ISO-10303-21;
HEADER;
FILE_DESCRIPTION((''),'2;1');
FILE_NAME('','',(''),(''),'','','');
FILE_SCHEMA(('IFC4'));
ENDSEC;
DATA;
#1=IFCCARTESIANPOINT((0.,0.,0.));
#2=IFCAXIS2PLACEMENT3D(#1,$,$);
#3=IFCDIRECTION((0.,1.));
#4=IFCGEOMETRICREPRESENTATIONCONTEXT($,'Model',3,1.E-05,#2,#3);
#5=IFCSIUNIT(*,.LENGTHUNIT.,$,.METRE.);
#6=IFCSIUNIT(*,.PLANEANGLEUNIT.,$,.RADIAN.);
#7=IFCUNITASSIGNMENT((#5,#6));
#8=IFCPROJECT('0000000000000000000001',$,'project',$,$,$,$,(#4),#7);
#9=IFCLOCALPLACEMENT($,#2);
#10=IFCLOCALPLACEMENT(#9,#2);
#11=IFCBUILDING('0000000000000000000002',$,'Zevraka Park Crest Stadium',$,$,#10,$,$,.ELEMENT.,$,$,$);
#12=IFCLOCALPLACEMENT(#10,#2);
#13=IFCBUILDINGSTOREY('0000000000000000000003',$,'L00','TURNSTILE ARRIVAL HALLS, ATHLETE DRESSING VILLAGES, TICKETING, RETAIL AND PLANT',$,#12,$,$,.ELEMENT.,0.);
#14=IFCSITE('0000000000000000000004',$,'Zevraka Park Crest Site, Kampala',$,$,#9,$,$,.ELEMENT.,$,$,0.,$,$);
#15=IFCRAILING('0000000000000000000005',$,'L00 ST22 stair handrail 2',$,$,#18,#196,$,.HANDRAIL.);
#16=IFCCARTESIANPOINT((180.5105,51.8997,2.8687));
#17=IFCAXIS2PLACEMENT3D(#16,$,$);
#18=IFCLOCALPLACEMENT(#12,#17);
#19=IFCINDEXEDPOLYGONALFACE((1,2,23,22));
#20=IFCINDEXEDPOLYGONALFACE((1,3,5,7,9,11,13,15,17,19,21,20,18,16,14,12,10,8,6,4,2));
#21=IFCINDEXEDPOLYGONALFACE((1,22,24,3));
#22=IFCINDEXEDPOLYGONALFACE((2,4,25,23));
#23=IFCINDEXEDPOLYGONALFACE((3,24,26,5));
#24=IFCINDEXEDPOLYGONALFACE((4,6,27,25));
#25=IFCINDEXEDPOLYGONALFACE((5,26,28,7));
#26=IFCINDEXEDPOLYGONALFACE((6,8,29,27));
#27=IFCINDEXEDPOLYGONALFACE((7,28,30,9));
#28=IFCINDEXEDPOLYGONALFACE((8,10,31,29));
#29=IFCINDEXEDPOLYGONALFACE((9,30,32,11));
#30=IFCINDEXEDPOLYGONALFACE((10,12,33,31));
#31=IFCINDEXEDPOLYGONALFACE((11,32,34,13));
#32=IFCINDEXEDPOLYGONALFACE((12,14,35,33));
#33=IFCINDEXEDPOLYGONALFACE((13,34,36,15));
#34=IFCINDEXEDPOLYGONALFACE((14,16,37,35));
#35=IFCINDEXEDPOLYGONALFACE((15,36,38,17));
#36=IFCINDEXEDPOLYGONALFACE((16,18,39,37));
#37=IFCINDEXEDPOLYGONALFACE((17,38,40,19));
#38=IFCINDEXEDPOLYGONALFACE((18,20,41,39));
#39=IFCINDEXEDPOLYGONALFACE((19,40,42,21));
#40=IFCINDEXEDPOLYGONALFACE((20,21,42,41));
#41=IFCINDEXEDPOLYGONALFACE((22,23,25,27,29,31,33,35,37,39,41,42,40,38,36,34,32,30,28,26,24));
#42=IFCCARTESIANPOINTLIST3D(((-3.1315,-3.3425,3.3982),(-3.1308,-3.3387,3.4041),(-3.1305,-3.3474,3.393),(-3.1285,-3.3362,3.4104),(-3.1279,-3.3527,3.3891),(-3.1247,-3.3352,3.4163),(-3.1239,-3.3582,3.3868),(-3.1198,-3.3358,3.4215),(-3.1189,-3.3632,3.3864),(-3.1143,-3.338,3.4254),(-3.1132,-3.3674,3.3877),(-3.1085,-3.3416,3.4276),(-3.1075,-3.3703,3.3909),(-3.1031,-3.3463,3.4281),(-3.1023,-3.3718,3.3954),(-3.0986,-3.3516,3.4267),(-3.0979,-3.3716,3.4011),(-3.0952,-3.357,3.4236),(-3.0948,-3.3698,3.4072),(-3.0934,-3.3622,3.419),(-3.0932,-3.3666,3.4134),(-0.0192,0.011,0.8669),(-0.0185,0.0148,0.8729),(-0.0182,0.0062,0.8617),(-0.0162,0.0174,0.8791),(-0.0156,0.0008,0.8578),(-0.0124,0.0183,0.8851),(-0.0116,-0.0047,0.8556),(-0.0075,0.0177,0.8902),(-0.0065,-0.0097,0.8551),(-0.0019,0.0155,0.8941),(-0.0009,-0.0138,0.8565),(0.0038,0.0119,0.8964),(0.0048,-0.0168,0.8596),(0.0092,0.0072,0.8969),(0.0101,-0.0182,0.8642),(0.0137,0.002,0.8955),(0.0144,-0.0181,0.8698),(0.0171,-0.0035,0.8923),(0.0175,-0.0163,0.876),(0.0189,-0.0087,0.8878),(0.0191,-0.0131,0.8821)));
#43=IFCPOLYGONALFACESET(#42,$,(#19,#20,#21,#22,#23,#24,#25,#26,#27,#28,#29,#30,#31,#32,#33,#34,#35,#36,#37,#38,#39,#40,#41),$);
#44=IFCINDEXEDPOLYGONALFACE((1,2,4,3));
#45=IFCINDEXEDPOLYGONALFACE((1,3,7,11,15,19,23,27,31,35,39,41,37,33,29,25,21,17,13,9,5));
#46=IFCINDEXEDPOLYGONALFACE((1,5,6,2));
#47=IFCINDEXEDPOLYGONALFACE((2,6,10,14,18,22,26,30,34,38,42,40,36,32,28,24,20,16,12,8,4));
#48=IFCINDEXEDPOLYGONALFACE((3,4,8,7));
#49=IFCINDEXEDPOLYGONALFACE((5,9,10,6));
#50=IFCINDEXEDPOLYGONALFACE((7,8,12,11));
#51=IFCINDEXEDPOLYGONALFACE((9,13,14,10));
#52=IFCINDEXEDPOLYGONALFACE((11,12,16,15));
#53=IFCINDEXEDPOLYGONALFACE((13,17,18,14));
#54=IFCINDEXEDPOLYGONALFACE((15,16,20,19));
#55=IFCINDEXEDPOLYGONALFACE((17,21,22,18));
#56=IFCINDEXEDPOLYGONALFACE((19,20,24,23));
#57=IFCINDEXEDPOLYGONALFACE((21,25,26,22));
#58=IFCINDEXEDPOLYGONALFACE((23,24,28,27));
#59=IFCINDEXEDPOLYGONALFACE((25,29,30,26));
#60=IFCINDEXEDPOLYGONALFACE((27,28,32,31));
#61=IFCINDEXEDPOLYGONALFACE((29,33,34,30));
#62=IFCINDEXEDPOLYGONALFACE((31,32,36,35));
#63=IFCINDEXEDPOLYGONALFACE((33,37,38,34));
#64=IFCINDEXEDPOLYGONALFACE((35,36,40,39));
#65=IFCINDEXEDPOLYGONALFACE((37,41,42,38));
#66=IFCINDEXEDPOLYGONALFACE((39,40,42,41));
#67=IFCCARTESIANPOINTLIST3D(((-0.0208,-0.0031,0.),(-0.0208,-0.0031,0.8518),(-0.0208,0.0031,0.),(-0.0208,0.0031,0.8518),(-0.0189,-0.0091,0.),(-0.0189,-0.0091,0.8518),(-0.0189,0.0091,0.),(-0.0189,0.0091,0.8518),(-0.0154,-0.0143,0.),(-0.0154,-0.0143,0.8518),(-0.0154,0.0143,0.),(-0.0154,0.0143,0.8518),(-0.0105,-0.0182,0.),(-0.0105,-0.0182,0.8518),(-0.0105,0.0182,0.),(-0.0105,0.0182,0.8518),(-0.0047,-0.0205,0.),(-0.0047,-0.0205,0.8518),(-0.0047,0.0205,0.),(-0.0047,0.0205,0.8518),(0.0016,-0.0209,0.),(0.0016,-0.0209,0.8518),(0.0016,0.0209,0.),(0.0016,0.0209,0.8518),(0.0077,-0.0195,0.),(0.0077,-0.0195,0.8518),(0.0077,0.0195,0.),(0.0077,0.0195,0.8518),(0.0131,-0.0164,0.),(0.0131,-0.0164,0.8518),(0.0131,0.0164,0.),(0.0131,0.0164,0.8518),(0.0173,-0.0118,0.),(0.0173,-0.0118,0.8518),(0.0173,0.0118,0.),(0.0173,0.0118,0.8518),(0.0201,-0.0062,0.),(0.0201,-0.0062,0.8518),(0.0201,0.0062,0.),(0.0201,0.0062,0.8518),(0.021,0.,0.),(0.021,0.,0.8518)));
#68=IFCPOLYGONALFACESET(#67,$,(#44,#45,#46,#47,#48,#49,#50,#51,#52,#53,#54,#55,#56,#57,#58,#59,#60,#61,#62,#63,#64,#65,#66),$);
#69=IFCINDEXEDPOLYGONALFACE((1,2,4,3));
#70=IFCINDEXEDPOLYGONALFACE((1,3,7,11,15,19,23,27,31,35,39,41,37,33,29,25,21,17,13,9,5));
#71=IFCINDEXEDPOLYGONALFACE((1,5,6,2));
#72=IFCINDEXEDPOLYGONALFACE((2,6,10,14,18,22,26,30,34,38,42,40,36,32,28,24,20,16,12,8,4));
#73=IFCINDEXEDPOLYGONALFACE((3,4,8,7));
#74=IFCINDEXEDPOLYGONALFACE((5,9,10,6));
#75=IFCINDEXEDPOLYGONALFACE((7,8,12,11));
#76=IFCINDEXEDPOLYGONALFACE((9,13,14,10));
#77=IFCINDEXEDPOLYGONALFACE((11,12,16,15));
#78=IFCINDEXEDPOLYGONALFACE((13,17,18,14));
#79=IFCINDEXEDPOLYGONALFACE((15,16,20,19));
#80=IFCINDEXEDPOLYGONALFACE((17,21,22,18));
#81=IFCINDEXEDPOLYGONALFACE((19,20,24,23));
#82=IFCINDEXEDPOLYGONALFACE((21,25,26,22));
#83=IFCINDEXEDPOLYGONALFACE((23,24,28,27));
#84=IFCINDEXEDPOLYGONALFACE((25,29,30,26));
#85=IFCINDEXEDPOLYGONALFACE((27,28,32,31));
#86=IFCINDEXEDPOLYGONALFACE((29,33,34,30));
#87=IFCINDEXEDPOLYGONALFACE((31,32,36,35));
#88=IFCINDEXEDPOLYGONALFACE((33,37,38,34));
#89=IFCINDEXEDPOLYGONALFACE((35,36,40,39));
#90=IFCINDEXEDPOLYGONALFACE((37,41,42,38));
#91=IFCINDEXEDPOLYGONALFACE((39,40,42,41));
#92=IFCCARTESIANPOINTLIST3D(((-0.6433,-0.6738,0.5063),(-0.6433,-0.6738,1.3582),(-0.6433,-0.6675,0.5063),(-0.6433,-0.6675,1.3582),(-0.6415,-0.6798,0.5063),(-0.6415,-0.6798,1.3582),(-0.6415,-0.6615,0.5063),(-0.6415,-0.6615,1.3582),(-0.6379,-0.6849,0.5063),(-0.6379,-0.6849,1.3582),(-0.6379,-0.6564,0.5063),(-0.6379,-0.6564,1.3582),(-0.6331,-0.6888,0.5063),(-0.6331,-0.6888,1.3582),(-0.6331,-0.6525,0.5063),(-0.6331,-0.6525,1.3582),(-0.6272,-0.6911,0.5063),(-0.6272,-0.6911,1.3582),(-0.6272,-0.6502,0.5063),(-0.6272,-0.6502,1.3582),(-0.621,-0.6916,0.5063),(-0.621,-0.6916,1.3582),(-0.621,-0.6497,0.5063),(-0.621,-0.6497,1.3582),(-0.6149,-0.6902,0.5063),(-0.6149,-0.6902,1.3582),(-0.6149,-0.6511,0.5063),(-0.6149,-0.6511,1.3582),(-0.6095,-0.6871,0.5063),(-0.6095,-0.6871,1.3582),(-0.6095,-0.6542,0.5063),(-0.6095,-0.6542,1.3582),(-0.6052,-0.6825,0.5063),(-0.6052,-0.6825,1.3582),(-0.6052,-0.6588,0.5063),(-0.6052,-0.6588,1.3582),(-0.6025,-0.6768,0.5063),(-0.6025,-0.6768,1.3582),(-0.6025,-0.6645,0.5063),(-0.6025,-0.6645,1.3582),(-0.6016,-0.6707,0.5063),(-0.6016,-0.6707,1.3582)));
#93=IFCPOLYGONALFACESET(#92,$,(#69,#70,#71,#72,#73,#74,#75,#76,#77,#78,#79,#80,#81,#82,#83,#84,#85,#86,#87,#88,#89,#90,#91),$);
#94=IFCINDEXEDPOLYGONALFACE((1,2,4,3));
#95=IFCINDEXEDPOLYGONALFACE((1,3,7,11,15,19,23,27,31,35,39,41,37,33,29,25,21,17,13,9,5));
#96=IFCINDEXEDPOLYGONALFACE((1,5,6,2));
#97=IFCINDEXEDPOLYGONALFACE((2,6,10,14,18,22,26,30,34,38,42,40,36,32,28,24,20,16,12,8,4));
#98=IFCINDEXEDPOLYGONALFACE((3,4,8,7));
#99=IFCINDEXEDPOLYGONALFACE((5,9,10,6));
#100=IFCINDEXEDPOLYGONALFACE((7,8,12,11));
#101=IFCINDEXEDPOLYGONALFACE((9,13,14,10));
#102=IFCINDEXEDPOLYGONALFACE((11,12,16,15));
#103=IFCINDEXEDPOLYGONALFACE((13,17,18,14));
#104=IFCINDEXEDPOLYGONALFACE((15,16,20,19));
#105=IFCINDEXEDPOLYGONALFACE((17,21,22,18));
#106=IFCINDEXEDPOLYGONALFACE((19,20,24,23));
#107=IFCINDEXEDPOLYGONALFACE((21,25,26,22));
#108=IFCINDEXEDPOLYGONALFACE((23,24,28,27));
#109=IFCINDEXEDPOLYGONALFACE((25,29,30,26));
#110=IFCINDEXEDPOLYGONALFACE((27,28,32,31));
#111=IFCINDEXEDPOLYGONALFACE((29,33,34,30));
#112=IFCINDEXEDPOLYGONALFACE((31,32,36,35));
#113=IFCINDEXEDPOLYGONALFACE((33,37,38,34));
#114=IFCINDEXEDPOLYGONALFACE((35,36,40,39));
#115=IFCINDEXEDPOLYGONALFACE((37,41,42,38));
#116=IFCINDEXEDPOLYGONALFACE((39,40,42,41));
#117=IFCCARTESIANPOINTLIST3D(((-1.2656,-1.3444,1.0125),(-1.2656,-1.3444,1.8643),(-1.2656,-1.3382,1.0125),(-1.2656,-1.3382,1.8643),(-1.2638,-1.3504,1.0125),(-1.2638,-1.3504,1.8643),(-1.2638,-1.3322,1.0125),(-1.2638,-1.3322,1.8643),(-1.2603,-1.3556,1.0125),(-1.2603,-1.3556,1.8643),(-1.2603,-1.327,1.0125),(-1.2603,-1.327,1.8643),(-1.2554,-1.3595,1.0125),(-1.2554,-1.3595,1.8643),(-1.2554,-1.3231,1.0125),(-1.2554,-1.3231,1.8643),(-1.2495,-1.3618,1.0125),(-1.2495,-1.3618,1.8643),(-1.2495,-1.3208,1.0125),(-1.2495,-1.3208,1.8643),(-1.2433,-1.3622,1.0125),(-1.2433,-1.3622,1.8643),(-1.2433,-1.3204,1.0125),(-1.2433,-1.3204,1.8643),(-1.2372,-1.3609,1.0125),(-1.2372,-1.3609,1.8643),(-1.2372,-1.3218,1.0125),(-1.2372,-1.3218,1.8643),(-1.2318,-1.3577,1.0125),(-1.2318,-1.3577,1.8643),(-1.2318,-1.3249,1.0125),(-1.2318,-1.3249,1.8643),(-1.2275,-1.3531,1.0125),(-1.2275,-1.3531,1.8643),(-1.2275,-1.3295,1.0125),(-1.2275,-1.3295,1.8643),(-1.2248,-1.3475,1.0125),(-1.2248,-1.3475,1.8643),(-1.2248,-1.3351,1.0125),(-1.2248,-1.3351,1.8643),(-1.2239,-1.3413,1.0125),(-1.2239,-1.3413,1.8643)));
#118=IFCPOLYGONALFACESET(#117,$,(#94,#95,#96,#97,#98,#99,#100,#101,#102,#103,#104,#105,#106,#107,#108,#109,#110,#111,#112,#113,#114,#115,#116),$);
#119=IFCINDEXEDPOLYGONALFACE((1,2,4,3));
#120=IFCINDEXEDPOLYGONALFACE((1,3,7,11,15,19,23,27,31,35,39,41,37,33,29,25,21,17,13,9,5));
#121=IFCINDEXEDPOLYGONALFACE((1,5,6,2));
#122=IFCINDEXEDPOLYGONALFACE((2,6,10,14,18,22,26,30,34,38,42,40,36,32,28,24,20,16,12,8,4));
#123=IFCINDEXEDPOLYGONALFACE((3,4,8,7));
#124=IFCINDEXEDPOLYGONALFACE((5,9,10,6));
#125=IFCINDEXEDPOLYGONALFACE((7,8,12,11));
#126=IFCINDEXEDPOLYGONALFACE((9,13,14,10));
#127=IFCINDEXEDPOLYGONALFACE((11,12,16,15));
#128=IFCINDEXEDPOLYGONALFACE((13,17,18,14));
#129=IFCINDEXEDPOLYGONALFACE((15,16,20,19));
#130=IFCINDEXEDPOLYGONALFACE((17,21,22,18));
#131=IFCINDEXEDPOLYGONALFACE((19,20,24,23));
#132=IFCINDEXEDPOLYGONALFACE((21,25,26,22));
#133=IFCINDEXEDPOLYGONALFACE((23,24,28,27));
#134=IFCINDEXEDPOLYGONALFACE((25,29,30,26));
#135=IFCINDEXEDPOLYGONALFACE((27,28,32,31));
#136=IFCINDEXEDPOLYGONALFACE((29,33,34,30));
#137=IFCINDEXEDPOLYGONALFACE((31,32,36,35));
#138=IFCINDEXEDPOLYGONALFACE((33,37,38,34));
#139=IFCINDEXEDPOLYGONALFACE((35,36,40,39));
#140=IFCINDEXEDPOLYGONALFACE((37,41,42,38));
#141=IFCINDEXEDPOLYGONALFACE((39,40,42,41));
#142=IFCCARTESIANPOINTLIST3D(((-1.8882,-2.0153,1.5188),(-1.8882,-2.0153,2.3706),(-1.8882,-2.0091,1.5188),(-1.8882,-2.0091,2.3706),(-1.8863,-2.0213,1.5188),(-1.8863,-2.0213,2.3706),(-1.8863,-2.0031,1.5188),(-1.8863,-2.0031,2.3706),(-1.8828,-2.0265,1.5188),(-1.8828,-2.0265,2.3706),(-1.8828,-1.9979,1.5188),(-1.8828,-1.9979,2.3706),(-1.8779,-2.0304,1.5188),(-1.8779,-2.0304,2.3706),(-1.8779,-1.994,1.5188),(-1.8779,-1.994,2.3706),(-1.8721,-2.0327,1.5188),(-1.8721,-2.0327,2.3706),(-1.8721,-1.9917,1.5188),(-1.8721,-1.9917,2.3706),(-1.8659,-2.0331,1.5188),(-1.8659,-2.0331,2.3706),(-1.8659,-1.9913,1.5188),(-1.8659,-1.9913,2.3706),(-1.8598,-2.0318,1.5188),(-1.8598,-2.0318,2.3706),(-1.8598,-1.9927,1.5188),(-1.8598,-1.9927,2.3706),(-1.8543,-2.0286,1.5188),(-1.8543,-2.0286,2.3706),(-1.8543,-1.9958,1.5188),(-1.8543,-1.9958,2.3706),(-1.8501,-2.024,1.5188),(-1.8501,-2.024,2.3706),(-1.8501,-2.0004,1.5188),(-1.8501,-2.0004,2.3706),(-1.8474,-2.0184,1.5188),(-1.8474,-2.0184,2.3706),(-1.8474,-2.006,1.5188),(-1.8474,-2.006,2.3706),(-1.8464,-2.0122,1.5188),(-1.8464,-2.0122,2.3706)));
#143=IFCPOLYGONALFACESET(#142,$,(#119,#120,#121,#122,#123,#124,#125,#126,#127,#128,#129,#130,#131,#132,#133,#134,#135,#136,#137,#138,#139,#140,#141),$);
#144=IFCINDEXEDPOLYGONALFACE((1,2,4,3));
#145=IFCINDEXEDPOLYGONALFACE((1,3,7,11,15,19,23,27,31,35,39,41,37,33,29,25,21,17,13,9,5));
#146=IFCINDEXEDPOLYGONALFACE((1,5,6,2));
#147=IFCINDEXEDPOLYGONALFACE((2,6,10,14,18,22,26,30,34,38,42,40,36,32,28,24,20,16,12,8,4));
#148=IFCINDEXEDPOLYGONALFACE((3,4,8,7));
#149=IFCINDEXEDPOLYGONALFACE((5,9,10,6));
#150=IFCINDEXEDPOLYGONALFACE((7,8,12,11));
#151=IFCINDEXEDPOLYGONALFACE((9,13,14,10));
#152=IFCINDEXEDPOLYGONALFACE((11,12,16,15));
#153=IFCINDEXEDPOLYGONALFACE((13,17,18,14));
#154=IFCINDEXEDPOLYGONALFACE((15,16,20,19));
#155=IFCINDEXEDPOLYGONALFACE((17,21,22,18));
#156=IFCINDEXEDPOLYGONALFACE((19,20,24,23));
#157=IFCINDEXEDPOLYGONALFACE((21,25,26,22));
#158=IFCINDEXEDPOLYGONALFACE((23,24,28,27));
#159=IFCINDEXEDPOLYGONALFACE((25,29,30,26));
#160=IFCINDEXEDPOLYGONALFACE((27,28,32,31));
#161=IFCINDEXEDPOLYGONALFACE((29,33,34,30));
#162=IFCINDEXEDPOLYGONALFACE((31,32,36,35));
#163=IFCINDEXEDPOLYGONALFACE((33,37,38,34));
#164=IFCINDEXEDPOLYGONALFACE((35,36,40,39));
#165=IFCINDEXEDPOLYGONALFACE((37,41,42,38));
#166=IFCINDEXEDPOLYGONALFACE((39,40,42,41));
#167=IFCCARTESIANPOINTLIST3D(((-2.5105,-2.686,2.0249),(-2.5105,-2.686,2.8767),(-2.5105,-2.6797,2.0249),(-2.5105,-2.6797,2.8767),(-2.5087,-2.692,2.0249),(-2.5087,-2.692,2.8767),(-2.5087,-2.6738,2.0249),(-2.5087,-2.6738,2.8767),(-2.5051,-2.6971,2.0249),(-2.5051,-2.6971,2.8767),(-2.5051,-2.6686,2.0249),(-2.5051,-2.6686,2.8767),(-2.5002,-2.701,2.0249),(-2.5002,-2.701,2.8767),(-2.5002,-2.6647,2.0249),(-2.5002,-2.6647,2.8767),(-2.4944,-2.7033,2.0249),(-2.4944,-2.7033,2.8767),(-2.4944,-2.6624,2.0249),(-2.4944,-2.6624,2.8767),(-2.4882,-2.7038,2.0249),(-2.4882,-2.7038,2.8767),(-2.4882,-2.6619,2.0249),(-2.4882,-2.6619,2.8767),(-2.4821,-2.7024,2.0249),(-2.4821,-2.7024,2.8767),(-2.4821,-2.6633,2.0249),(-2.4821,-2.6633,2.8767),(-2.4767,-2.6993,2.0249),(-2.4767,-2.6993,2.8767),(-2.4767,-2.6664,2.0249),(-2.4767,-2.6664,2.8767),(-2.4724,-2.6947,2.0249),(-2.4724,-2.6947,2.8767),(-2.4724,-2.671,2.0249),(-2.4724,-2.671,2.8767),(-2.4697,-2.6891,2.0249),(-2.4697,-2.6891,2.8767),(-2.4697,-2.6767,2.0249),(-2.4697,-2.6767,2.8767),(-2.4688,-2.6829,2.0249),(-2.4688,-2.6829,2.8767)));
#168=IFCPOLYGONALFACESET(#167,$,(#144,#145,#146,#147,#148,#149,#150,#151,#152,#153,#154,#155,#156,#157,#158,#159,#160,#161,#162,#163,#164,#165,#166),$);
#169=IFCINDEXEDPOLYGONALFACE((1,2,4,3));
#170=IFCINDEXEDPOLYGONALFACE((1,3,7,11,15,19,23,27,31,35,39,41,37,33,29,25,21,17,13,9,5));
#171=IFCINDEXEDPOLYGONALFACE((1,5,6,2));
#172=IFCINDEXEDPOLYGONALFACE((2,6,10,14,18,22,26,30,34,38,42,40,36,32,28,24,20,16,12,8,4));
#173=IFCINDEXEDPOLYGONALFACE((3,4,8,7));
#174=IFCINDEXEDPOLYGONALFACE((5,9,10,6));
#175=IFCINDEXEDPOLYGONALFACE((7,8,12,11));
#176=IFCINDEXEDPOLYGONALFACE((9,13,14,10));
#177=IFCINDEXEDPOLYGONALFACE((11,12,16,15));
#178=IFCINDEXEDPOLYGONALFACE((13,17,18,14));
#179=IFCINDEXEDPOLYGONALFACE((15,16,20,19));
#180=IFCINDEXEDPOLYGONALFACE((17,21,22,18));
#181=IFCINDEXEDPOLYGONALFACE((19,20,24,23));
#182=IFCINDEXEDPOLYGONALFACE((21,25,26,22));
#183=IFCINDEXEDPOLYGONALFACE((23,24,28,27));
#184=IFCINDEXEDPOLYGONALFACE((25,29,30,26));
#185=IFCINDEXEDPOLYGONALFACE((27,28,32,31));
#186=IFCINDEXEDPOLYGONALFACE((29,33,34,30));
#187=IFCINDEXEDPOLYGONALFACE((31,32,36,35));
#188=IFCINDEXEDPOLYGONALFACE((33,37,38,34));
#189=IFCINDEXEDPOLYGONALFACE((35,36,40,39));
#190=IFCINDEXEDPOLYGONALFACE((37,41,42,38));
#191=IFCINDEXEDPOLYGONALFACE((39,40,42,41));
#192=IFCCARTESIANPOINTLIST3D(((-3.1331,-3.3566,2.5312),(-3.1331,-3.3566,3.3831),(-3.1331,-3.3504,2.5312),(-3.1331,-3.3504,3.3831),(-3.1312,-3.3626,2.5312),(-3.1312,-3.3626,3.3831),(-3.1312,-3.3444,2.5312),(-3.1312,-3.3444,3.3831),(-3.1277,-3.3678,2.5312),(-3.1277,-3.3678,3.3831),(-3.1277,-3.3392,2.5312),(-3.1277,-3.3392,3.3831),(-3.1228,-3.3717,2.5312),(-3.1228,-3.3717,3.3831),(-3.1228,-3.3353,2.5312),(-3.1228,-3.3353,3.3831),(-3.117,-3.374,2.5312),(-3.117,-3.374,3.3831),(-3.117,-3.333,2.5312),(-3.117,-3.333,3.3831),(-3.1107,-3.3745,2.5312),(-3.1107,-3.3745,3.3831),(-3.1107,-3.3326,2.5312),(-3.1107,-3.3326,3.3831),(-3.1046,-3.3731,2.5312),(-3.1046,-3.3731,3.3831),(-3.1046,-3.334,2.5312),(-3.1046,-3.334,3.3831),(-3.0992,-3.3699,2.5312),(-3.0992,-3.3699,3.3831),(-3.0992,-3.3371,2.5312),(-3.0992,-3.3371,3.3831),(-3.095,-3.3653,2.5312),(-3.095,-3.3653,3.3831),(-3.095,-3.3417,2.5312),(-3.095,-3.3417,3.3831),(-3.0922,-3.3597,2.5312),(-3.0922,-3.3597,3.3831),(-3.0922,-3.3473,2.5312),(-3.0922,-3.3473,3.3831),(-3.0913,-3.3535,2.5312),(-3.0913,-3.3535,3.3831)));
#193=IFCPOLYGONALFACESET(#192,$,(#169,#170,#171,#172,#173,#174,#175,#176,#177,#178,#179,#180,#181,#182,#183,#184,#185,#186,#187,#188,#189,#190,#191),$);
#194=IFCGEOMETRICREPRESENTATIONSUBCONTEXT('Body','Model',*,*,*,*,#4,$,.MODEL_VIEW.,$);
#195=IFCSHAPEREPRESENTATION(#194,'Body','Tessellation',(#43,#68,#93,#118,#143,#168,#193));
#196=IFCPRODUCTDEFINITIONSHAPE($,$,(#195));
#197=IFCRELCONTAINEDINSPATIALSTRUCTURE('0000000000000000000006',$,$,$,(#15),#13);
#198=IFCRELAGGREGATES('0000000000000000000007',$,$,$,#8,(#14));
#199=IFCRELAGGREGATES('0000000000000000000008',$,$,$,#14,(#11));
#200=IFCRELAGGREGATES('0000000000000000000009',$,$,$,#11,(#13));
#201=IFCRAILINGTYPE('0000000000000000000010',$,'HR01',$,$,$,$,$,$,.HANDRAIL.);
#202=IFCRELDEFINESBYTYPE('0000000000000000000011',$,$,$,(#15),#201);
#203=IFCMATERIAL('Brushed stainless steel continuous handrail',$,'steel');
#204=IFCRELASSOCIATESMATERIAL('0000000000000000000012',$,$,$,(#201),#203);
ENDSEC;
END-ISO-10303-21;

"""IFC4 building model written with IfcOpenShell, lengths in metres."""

from ifc_helpers import new_model, si_unit, direction, frame, origin, origin_2d, place, context, subcontext, project, spatial, circle, extrude, material, type_object, element, save


model = new_model("IFC4")

# Units and contexts
model_context = context("Model", 3, precision=1e-05, world=origin(), true_north=direction((0.0, 1.0)))
body_context = subcontext(model_context, "Body", "Model", "MODEL_VIEW")
ifc_project = project(units=[si_unit("LENGTHUNIT", "METRE"), si_unit("PLANEANGLEUNIT", "RADIAN")], contexts=[model_context])

# Site, building, storey
site_placement = place(None, origin())
site = spatial("IfcSite", under=ifc_project, at=site_placement, Name="Zevraka Park Crest Site, Kampala", CompositionType="ELEMENT", RefElevation=0.0)
building_placement = place(site_placement, origin())
building = spatial("IfcBuilding", under=site, at=building_placement, Name="Zevraka Park Crest Stadium", CompositionType="ELEMENT")
storey_placement = place(building_placement, origin())
storey = spatial("IfcBuildingStorey", under=building, at=storey_placement, Name="L00", Description="TURNSTILE ARRIVAL HALLS, ATHLETE DRESSING VILLAGES, TICKETING, RETAIL AND PLANT", CompositionType="ELEMENT", Elevation=0.0)

# Railing
ifc_material_1 = material(Name="Brushed stainless steel continuous handrail", Category="steel")
railing_type_1 = type_object("IfcRailingType", Name="HR01", PredefinedType="HANDRAIL", material=ifc_material_1)
railing_1_placement = place(storey_placement, frame((180.5105, 51.8997, 2.8687)))
element("IfcRailing", 1, at=railing_1_placement, inside=storey, type_object=railing_type_1, Name="L00 ST22 stair handrail 2", PredefinedType="HANDRAIL", context=body_context, shape_type="SweptSolid", body=[
    extrude(circle(Radius=0.0239, at=origin_2d()), frame((0.0, 0.0, 0.876), z_axis=(-0.59523, -0.641362, 0.484103), x_axis=(0.732976, -0.680255, 0.0)), (0.0, 0.0, 1.0), 5.2288),
    extrude(circle(Radius=0.021, at=origin_2d()), origin(), (0.0, 0.0, 1.0), 0.8518),
    extrude(circle(Radius=0.021, at=origin_2d()), frame((-0.6226, -0.6707, 0.5063)), (0.0, 0.0, 1.0), 0.8518),
    extrude(circle(Radius=0.021, at=origin_2d()), frame((-1.2449, -1.3413, 1.0125)), (0.0, 0.0, 1.0), 0.8518),
    extrude(circle(Radius=0.021, at=origin_2d()), frame((-1.8674, -2.0122, 1.5188)), (0.0, 0.0, 1.0), 0.8518),
    extrude(circle(Radius=0.021, at=origin_2d()), frame((-2.4897, -2.6829, 2.0249)), (0.0, 0.0, 1.0), 0.8518),
    extrude(circle(Radius=0.021, at=origin_2d()), frame((-3.1123, -3.3535, 2.5312)), (0.0, 0.0, 1.0), 0.8518),
])

save(model, "model.ifc")
